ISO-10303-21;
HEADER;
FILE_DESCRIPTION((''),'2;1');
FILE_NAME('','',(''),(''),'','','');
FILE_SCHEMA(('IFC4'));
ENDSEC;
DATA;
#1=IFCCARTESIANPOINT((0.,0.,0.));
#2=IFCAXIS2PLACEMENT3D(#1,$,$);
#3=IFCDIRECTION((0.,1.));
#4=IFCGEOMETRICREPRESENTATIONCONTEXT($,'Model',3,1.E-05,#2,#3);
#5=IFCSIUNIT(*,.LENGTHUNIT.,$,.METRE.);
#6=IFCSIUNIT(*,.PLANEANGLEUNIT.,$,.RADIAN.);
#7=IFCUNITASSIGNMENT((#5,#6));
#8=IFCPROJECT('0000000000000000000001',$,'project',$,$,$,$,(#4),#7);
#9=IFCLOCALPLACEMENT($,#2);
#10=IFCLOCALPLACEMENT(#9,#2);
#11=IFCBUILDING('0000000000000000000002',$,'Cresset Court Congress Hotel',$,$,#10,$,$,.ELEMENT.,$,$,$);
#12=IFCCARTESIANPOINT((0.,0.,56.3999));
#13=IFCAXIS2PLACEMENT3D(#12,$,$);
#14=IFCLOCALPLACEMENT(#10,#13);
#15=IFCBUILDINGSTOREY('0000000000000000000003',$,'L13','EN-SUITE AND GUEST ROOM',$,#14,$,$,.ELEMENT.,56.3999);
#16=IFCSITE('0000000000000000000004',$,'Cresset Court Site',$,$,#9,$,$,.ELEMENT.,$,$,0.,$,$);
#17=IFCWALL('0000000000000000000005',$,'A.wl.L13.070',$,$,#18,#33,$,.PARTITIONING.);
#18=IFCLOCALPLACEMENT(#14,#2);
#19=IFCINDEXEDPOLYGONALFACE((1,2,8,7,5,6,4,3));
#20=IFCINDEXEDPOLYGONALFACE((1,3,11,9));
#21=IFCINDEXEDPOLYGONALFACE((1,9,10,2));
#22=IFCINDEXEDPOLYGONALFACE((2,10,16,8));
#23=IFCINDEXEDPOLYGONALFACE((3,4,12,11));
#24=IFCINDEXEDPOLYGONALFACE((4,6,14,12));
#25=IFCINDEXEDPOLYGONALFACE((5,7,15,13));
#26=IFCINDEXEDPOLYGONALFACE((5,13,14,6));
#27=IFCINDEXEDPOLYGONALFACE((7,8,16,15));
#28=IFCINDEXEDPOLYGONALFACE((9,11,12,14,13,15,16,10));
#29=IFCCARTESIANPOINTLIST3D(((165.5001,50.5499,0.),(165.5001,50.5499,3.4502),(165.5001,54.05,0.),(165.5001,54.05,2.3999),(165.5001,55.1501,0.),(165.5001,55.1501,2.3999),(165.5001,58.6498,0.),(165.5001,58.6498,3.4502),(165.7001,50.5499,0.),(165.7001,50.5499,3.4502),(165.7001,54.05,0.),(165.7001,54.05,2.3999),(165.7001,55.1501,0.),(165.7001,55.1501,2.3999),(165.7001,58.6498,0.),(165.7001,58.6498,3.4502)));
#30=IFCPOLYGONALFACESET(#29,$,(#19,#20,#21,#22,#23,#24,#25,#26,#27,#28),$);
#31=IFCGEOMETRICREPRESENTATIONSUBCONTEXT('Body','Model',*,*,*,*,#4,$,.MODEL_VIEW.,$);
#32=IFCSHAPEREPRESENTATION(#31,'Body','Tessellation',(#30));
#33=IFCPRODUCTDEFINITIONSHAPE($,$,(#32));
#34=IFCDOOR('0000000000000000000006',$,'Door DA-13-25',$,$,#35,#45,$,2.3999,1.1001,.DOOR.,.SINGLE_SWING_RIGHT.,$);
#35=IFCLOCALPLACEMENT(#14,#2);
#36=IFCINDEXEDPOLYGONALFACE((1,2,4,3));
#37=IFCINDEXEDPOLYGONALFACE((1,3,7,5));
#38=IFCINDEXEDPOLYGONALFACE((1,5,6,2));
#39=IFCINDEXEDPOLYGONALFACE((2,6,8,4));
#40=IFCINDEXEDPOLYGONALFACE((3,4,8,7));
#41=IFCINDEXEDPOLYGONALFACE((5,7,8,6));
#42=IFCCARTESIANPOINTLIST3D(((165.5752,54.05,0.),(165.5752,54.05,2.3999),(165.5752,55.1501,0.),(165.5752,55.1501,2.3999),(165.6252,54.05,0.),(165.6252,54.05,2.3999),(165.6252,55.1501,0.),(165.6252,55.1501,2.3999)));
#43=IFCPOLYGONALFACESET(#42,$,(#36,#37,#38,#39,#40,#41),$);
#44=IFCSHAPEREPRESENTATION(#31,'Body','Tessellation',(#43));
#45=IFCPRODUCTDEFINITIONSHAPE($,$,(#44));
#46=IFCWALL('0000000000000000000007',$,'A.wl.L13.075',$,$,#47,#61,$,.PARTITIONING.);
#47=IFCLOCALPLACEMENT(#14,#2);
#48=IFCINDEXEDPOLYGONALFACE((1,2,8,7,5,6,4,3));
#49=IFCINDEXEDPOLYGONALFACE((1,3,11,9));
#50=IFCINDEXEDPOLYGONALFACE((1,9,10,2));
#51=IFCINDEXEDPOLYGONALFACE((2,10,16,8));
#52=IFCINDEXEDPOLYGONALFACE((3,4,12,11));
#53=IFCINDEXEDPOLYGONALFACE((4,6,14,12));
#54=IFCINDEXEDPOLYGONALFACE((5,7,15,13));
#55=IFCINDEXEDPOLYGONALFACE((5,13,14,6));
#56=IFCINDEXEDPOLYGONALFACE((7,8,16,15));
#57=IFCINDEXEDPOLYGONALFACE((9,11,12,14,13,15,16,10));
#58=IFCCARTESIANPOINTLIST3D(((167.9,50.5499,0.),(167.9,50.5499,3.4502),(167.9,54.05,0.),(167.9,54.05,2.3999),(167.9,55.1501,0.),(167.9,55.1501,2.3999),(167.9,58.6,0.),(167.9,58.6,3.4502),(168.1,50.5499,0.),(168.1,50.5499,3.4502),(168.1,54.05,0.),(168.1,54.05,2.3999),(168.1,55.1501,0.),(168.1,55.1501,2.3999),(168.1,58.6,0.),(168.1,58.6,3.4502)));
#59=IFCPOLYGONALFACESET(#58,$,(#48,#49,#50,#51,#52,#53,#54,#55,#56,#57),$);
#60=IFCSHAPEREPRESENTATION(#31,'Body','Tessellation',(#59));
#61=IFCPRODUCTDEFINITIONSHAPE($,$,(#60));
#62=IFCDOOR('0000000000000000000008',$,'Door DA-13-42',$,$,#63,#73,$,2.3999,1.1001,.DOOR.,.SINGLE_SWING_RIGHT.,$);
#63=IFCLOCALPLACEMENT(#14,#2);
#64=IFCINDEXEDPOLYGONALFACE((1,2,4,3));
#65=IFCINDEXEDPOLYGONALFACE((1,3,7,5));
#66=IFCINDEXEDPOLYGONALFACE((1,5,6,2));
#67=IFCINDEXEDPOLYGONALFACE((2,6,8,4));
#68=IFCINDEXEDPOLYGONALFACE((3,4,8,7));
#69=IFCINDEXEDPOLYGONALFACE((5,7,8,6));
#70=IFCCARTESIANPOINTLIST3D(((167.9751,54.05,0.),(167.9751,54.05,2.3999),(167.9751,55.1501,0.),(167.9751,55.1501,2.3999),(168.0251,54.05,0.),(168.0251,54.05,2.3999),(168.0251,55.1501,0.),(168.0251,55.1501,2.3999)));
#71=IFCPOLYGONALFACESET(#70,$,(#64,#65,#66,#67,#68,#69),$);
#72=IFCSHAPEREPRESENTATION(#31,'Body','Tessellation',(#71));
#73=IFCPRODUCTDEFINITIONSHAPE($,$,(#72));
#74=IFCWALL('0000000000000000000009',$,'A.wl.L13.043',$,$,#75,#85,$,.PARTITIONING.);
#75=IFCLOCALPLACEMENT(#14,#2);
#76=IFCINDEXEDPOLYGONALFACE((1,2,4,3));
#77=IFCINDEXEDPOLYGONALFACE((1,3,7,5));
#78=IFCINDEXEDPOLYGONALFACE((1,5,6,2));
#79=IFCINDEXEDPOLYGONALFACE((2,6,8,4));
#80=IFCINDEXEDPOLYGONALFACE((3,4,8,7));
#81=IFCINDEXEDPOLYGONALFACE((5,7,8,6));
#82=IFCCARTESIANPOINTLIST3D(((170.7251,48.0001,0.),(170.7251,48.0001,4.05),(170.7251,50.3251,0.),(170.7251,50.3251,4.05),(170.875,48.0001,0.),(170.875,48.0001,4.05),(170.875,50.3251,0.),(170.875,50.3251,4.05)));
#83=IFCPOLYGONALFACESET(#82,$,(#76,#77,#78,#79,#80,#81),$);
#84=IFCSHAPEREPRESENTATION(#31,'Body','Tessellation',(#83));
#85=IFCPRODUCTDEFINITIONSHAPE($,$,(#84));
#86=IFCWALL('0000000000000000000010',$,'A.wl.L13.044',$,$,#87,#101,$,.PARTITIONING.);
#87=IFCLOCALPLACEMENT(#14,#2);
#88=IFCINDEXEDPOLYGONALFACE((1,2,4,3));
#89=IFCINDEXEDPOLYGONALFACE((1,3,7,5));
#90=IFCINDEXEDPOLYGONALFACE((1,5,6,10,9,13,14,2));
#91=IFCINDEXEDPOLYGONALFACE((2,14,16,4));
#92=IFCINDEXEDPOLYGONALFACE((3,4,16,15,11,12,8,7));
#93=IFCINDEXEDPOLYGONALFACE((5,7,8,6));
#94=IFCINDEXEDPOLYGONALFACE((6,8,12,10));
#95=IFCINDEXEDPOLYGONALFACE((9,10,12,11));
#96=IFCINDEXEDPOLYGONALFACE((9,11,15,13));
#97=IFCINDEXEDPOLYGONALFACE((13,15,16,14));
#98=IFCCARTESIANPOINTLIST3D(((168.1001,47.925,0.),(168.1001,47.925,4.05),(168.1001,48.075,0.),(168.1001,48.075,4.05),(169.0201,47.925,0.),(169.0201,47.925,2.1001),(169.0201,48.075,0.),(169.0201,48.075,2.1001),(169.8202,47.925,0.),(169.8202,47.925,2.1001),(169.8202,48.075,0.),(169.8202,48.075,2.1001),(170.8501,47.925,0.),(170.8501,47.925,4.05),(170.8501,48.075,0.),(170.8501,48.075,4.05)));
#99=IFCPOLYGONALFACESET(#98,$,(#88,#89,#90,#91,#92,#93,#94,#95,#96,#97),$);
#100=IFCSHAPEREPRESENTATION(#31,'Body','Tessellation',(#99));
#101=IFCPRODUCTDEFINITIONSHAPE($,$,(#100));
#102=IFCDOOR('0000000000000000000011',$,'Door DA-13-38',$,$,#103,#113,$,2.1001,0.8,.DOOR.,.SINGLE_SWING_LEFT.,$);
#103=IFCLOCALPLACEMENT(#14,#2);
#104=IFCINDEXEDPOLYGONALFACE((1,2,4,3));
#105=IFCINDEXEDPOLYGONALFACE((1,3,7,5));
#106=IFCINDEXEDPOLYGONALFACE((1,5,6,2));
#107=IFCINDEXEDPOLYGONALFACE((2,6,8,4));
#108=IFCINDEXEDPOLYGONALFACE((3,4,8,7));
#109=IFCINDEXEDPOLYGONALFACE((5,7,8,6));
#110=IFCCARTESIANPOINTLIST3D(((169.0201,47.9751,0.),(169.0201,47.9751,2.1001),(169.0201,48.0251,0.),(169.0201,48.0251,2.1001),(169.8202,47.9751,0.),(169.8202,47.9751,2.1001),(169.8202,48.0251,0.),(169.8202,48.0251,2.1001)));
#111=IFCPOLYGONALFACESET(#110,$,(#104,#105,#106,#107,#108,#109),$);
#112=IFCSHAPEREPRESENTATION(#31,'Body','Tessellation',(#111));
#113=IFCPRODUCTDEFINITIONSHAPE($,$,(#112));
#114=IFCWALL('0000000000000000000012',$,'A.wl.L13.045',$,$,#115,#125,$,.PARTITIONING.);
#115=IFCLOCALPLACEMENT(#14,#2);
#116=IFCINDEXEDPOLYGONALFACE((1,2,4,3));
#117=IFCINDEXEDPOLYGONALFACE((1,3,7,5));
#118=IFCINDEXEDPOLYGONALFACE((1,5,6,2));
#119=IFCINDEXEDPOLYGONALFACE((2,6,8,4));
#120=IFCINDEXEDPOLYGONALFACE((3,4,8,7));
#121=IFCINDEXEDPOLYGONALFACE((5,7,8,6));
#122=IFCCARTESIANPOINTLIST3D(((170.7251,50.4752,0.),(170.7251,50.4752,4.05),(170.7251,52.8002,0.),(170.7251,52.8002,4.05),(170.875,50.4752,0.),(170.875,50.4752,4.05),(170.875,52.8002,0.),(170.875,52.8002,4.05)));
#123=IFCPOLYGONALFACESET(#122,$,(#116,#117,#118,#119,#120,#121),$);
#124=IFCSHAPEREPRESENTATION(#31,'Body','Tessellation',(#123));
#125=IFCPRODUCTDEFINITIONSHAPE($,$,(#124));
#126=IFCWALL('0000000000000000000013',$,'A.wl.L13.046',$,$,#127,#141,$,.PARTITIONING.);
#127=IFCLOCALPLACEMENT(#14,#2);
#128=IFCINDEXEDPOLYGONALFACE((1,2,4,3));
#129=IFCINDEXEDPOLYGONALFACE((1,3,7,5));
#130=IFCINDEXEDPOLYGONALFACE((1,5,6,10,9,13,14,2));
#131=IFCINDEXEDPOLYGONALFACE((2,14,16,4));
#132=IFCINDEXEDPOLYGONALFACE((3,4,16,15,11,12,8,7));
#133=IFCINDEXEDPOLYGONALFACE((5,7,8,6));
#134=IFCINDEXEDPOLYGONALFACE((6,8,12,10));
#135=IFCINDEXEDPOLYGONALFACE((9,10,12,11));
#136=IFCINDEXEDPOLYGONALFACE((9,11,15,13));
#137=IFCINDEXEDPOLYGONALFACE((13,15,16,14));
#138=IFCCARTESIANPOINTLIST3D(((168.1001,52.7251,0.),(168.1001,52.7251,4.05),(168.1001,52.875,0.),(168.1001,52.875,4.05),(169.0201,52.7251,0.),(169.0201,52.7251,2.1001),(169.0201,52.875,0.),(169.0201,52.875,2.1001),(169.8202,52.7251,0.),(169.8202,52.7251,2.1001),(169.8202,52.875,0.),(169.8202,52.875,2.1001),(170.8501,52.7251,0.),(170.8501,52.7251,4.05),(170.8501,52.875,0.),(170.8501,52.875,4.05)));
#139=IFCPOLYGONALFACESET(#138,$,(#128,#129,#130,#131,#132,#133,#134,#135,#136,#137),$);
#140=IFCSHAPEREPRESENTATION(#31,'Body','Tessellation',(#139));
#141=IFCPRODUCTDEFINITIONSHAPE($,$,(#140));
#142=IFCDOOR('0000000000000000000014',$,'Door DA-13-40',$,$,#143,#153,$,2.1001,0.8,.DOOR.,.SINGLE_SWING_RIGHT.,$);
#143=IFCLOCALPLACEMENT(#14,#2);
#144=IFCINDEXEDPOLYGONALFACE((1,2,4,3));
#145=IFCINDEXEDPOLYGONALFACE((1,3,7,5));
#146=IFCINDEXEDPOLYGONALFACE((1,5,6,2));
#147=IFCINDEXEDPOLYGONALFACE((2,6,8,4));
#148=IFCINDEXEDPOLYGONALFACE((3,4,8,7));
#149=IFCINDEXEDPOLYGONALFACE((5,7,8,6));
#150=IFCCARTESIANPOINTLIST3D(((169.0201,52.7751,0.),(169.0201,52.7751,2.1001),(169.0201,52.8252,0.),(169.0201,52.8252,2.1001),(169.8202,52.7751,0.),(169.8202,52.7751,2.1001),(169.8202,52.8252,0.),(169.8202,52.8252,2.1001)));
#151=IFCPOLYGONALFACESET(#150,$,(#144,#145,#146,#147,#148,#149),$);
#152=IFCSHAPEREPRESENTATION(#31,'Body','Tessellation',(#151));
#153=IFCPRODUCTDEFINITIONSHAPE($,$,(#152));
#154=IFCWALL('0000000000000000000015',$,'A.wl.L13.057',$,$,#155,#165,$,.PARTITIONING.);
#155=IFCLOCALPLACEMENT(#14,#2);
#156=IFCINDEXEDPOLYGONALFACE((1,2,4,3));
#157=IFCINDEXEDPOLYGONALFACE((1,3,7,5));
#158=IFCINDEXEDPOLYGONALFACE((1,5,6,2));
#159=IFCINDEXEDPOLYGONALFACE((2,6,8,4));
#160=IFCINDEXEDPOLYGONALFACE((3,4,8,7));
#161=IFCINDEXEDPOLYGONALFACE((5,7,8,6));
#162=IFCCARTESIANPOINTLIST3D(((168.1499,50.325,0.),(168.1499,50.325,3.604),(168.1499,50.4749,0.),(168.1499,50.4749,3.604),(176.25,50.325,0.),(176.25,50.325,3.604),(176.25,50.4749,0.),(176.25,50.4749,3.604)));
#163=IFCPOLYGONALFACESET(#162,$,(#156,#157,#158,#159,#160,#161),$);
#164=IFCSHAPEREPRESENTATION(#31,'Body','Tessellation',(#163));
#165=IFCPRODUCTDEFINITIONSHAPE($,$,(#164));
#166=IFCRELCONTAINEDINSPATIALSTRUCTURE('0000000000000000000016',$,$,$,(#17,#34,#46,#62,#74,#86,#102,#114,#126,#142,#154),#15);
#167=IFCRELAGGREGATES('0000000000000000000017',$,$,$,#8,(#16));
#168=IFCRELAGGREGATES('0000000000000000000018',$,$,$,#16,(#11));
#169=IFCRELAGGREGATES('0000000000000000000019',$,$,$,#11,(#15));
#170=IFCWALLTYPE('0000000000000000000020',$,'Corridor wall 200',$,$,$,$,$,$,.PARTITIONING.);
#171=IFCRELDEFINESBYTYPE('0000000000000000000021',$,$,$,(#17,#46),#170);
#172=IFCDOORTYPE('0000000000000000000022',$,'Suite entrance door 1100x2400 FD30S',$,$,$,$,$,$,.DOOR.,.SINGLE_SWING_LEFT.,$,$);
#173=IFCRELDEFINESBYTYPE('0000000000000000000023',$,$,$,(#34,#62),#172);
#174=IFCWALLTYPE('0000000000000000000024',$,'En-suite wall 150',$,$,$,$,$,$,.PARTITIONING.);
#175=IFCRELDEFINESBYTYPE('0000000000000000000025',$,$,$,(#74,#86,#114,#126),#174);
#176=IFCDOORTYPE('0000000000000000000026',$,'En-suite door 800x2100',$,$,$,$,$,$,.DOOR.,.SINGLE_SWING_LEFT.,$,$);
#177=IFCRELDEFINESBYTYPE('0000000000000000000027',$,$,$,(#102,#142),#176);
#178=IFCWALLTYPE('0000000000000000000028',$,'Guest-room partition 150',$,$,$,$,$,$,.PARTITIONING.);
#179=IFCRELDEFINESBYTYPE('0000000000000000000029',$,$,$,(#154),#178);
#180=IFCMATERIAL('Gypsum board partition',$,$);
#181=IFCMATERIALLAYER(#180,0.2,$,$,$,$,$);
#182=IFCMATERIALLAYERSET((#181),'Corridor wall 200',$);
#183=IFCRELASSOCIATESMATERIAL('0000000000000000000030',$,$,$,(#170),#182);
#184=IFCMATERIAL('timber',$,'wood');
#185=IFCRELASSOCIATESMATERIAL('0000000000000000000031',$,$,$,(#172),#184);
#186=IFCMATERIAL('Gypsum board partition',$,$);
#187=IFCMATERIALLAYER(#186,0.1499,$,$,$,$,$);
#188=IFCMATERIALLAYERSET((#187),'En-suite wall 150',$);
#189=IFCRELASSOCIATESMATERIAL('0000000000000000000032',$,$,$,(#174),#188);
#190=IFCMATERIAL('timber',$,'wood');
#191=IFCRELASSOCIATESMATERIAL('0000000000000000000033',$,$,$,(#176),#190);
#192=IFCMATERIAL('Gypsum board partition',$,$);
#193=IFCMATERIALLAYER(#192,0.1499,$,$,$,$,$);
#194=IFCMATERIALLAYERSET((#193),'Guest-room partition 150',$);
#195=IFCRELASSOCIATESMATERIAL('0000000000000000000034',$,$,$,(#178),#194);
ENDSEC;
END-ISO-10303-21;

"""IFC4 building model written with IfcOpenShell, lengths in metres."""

from ifc_helpers import new_model, si_unit, direction, frame, frame_2d, origin, place, context, subcontext, project, spatial, rectangle, extrude, material, layer, layer_set, type_object, element, fill, save


model = new_model("IFC4")

# Units and contexts
model_context = context("Model", 3, precision=1e-05, world=origin(), true_north=direction((0.0, 1.0)))
body_context = subcontext(model_context, "Body", "Model", "MODEL_VIEW")
ifc_project = project(units=[si_unit("LENGTHUNIT", "METRE"), si_unit("PLANEANGLEUNIT", "RADIAN")], contexts=[model_context])

# Site, building, storey
site_placement = place(None, origin())
site = spatial("IfcSite", under=ifc_project, at=site_placement, Name="Cresset Court Site", CompositionType="ELEMENT", RefElevation=0.0)
building_placement = place(site_placement, origin())
building = spatial("IfcBuilding", under=site, at=building_placement, Name="Cresset Court Congress Hotel", CompositionType="ELEMENT")
storey_placement = place(building_placement, frame((0.0, 0.0, 56.3999)))
storey = spatial("IfcBuildingStorey", under=building, at=storey_placement, Name="L13", Description="EN-SUITE AND GUEST ROOM", CompositionType="ELEMENT", Elevation=56.3999)

# Walls, openings, doors
ifc_material_1 = material(Name="Gypsum board partition")
ifc_layer_1 = layer(ifc_material_1, 0.2)
ifc_layer_set_1 = layer_set([ifc_layer_1], Name="Corridor wall 200")
wall_type_1 = type_object("IfcWallType", Name="Corridor wall 200", PredefinedType="PARTITIONING", material=ifc_layer_set_1)
wall_1_placement = place(storey_placement, frame((165.6001, 50.55, 0.0), z_axis=(0.0, 0.0, 1.0), x_axis=(0.0, 1.0, 0.0)))
wall_1 = element("IfcWall", 1, at=wall_1_placement, inside=storey, type_object=wall_type_1, Name="A.wl.L13.070", PredefinedType="PARTITIONING", context=body_context, shape_type="SweptSolid", body=[
    extrude(rectangle(XDim=8.0999, YDim=0.2, at=frame_2d((4.0498, 0.0))), origin(), (0.0, 0.0, 1.0), 3.4502),
])
opening_1_placement = place(wall_1_placement, frame((3.5, 0.0, 0.0)))
opening_1 = element("IfcOpeningElement", 2, at=opening_1_placement, cuts=wall_1, PredefinedType="OPENING", context=body_context, shape_type="SweptSolid", body=[
    extrude(rectangle(XDim=1.1001, YDim=2.3999, at=frame_2d((0.55, 1.2))), frame((0.0, 0.1099, 0.0), z_axis=(0.0, -1.0, 0.0), x_axis=(1.0, 0.0, 0.0)), (0.0, 0.0, 1.0), 0.22),
])
ifc_material_2 = material(Name="timber", Category="wood")
door_type_1 = type_object("IfcDoorType", Name="Suite entrance door 1100x2400 FD30S", OperationType="SINGLE_SWING_LEFT", PredefinedType="DOOR", material=ifc_material_2)
door_1_placement = place(opening_1_placement, origin())
door_1 = element("IfcDoor", 3, at=door_1_placement, inside=storey, type_object=door_type_1, Name="Door DA-13-25", OperationType="SINGLE_SWING_RIGHT", OverallHeight=2.3999, OverallWidth=1.1001, PredefinedType="DOOR", context=body_context, shape_type="SweptSolid", body=[
    extrude(rectangle(XDim=1.1001, YDim=2.3999, at=frame_2d((0.55, 1.2))), frame((0.0, 0.0249, 0.0), z_axis=(0.0, -1.0, 0.0), x_axis=(1.0, 0.0, 0.0)), (0.0, 0.0, 1.0), 0.05),
])
fill(opening_1, door_1)
wall_2_placement = place(storey_placement, frame((168.0, 50.55, 0.0), z_axis=(0.0, 0.0, 1.0), x_axis=(0.0, 1.0, 0.0)))
wall_2 = element("IfcWall", 4, at=wall_2_placement, inside=storey, type_object=wall_type_1, Name="A.wl.L13.075", PredefinedType="PARTITIONING", context=body_context, shape_type="SweptSolid", body=[
    extrude(rectangle(XDim=8.05, YDim=0.2, at=frame_2d((4.0249, 0.0))), origin(), (0.0, 0.0, 1.0), 3.4502),
])
opening_2_placement = place(wall_2_placement, frame((3.5, 0.0, 0.0)))
opening_2 = element("IfcOpeningElement", 5, at=opening_2_placement, cuts=wall_2, PredefinedType="OPENING", context=body_context, shape_type="SweptSolid", body=[
    extrude(rectangle(XDim=1.1001, YDim=2.3999, at=frame_2d((0.55, 1.2))), frame((0.0, 0.1099, 0.0), z_axis=(0.0, -1.0, 0.0), x_axis=(1.0, 0.0, 0.0)), (0.0, 0.0, 1.0), 0.22),
])
door_2_placement = place(opening_2_placement, origin())
door_2 = element("IfcDoor", 6, at=door_2_placement, inside=storey, type_object=door_type_1, Name="Door DA-13-42", OperationType="SINGLE_SWING_RIGHT", OverallHeight=2.3999, OverallWidth=1.1001, PredefinedType="DOOR", context=body_context, shape_type="SweptSolid", body=[
    extrude(rectangle(XDim=1.1001, YDim=2.3999, at=frame_2d((0.55, 1.2))), frame((0.0, 0.0249, 0.0), z_axis=(0.0, -1.0, 0.0), x_axis=(1.0, 0.0, 0.0)), (0.0, 0.0, 1.0), 0.05),
])
fill(opening_2, door_2)

# Wall
ifc_material_3 = material(Name="Gypsum board partition")
ifc_layer_2 = layer(ifc_material_3, 0.1499)
ifc_layer_set_2 = layer_set([ifc_layer_2], Name="En-suite wall 150")
wall_type_2 = type_object("IfcWallType", Name="En-suite wall 150", PredefinedType="PARTITIONING", material=ifc_layer_set_2)
wall_3_placement = place(storey_placement, frame((170.8, 48.0, 0.0), z_axis=(0.0, 0.0, 1.0), x_axis=(0.0, 1.0, 0.0)))
element("IfcWall", 7, at=wall_3_placement, inside=storey, type_object=wall_type_2, Name="A.wl.L13.043", PredefinedType="PARTITIONING", context=body_context, shape_type="SweptSolid", body=[
    extrude(rectangle(XDim=2.325, YDim=0.1499, at=frame_2d((1.1626, 0.0))), origin(), (0.0, 0.0, 1.0), 4.05),
])

# Wall, opening, door
wall_4_placement = place(storey_placement, frame((170.8501, 48.0, 0.0), z_axis=(0.0, 0.0, 1.0), x_axis=(-1.0, 0.0, 0.0)))
wall_4 = element("IfcWall", 8, at=wall_4_placement, inside=storey, type_object=wall_type_2, Name="A.wl.L13.044", PredefinedType="PARTITIONING", context=body_context, shape_type="SweptSolid", body=[
    extrude(rectangle(XDim=2.75, YDim=0.1499, at=frame_2d((1.375, 0.0))), origin(), (0.0, 0.0, 1.0), 4.05),
])
opening_3_placement = place(wall_4_placement, frame((1.03, 0.0, 0.0)))
opening_3 = element("IfcOpeningElement", 9, at=opening_3_placement, cuts=wall_4, PredefinedType="OPENING", context=body_context, shape_type="SweptSolid", body=[
    extrude(rectangle(XDim=0.8, YDim=2.1001, at=frame_2d((0.3999, 1.05))), frame((0.0, 0.085, 0.0), z_axis=(0.0, -1.0, 0.0), x_axis=(1.0, 0.0, 0.0)), (0.0, 0.0, 1.0), 0.1699),
])
ifc_material_4 = material(Name="timber", Category="wood")
door_type_2 = type_object("IfcDoorType", Name="En-suite door 800x2100", OperationType="SINGLE_SWING_LEFT", PredefinedType="DOOR", material=ifc_material_4)
door_3_placement = place(opening_3_placement, origin())
door_3 = element("IfcDoor", 10, at=door_3_placement, inside=storey, type_object=door_type_2, Name="Door DA-13-38", OperationType="SINGLE_SWING_LEFT", OverallHeight=2.1001, OverallWidth=0.8, PredefinedType="DOOR", context=body_context, shape_type="SweptSolid", body=[
    extrude(rectangle(XDim=0.8, YDim=2.1001, at=frame_2d((0.3999, 1.05))), frame((0.0, 0.0249, 0.0), z_axis=(0.0, -1.0, 0.0), x_axis=(1.0, 0.0, 0.0)), (0.0, 0.0, 1.0), 0.05),
])
fill(opening_3, door_3)

# Wall
wall_5_placement = place(storey_placement, frame((170.8, 50.4751, 0.0), z_axis=(0.0, 0.0, 1.0), x_axis=(0.0, 1.0, 0.0)))
element("IfcWall", 11, at=wall_5_placement, inside=storey, type_object=wall_type_2, Name="A.wl.L13.045", PredefinedType="PARTITIONING", context=body_context, shape_type="SweptSolid", body=[
    extrude(rectangle(XDim=2.325, YDim=0.1499, at=frame_2d((1.1626, 0.0))), origin(), (0.0, 0.0, 1.0), 4.05),
])

# Wall, opening, door
wall_6_placement = place(storey_placement, frame((170.8501, 52.8, 0.0), z_axis=(0.0, 0.0, 1.0), x_axis=(-1.0, 0.0, 0.0)))
wall_6 = element("IfcWall", 12, at=wall_6_placement, inside=storey, type_object=wall_type_2, Name="A.wl.L13.046", PredefinedType="PARTITIONING", context=body_context, shape_type="SweptSolid", body=[
    extrude(rectangle(XDim=2.75, YDim=0.1499, at=frame_2d((1.375, 0.0))), origin(), (0.0, 0.0, 1.0), 4.05),
])
opening_4_placement = place(wall_6_placement, frame((1.03, 0.0, 0.0)))
opening_4 = element("IfcOpeningElement", 13, at=opening_4_placement, cuts=wall_6, PredefinedType="OPENING", context=body_context, shape_type="SweptSolid", body=[
    extrude(rectangle(XDim=0.8, YDim=2.1001, at=frame_2d((0.3999, 1.05))), frame((0.0, 0.085, 0.0), z_axis=(0.0, -1.0, 0.0), x_axis=(1.0, 0.0, 0.0)), (0.0, 0.0, 1.0), 0.1699),
])
door_4_placement = place(opening_4_placement, origin())
door_4 = element("IfcDoor", 14, at=door_4_placement, inside=storey, type_object=door_type_2, Name="Door DA-13-40", OperationType="SINGLE_SWING_RIGHT", OverallHeight=2.1001, OverallWidth=0.8, PredefinedType="DOOR", context=body_context, shape_type="SweptSolid", body=[
    extrude(rectangle(XDim=0.8, YDim=2.1001, at=frame_2d((0.3999, 1.05))), frame((0.0, 0.0249, 0.0), z_axis=(0.0, -1.0, 0.0), x_axis=(1.0, 0.0, 0.0)), (0.0, 0.0, 1.0), 0.05),
])
fill(opening_4, door_4)

# Wall
ifc_material_5 = material(Name="Gypsum board partition")
ifc_layer_3 = layer(ifc_material_5, 0.1499)
ifc_layer_set_3 = layer_set([ifc_layer_3], Name="Guest-room partition 150")
wall_type_3 = type_object("IfcWallType", Name="Guest-room partition 150", PredefinedType="PARTITIONING", material=ifc_layer_set_3)
wall_7_placement = place(storey_placement, frame((168.1499, 50.3999, 0.0), z_axis=(0.0, 0.0, 1.0), x_axis=(1.0, 0.0, 0.0)))
element("IfcWall", 15, at=wall_7_placement, inside=storey, type_object=wall_type_3, Name="A.wl.L13.057", PredefinedType="PARTITIONING", context=body_context, shape_type="SweptSolid", body=[
    extrude(rectangle(XDim=8.1001, YDim=0.1499, at=frame_2d((4.05, 0.0))), origin(), (0.0, 0.0, 1.0), 3.604),
])

save(model, "model.ifc")
